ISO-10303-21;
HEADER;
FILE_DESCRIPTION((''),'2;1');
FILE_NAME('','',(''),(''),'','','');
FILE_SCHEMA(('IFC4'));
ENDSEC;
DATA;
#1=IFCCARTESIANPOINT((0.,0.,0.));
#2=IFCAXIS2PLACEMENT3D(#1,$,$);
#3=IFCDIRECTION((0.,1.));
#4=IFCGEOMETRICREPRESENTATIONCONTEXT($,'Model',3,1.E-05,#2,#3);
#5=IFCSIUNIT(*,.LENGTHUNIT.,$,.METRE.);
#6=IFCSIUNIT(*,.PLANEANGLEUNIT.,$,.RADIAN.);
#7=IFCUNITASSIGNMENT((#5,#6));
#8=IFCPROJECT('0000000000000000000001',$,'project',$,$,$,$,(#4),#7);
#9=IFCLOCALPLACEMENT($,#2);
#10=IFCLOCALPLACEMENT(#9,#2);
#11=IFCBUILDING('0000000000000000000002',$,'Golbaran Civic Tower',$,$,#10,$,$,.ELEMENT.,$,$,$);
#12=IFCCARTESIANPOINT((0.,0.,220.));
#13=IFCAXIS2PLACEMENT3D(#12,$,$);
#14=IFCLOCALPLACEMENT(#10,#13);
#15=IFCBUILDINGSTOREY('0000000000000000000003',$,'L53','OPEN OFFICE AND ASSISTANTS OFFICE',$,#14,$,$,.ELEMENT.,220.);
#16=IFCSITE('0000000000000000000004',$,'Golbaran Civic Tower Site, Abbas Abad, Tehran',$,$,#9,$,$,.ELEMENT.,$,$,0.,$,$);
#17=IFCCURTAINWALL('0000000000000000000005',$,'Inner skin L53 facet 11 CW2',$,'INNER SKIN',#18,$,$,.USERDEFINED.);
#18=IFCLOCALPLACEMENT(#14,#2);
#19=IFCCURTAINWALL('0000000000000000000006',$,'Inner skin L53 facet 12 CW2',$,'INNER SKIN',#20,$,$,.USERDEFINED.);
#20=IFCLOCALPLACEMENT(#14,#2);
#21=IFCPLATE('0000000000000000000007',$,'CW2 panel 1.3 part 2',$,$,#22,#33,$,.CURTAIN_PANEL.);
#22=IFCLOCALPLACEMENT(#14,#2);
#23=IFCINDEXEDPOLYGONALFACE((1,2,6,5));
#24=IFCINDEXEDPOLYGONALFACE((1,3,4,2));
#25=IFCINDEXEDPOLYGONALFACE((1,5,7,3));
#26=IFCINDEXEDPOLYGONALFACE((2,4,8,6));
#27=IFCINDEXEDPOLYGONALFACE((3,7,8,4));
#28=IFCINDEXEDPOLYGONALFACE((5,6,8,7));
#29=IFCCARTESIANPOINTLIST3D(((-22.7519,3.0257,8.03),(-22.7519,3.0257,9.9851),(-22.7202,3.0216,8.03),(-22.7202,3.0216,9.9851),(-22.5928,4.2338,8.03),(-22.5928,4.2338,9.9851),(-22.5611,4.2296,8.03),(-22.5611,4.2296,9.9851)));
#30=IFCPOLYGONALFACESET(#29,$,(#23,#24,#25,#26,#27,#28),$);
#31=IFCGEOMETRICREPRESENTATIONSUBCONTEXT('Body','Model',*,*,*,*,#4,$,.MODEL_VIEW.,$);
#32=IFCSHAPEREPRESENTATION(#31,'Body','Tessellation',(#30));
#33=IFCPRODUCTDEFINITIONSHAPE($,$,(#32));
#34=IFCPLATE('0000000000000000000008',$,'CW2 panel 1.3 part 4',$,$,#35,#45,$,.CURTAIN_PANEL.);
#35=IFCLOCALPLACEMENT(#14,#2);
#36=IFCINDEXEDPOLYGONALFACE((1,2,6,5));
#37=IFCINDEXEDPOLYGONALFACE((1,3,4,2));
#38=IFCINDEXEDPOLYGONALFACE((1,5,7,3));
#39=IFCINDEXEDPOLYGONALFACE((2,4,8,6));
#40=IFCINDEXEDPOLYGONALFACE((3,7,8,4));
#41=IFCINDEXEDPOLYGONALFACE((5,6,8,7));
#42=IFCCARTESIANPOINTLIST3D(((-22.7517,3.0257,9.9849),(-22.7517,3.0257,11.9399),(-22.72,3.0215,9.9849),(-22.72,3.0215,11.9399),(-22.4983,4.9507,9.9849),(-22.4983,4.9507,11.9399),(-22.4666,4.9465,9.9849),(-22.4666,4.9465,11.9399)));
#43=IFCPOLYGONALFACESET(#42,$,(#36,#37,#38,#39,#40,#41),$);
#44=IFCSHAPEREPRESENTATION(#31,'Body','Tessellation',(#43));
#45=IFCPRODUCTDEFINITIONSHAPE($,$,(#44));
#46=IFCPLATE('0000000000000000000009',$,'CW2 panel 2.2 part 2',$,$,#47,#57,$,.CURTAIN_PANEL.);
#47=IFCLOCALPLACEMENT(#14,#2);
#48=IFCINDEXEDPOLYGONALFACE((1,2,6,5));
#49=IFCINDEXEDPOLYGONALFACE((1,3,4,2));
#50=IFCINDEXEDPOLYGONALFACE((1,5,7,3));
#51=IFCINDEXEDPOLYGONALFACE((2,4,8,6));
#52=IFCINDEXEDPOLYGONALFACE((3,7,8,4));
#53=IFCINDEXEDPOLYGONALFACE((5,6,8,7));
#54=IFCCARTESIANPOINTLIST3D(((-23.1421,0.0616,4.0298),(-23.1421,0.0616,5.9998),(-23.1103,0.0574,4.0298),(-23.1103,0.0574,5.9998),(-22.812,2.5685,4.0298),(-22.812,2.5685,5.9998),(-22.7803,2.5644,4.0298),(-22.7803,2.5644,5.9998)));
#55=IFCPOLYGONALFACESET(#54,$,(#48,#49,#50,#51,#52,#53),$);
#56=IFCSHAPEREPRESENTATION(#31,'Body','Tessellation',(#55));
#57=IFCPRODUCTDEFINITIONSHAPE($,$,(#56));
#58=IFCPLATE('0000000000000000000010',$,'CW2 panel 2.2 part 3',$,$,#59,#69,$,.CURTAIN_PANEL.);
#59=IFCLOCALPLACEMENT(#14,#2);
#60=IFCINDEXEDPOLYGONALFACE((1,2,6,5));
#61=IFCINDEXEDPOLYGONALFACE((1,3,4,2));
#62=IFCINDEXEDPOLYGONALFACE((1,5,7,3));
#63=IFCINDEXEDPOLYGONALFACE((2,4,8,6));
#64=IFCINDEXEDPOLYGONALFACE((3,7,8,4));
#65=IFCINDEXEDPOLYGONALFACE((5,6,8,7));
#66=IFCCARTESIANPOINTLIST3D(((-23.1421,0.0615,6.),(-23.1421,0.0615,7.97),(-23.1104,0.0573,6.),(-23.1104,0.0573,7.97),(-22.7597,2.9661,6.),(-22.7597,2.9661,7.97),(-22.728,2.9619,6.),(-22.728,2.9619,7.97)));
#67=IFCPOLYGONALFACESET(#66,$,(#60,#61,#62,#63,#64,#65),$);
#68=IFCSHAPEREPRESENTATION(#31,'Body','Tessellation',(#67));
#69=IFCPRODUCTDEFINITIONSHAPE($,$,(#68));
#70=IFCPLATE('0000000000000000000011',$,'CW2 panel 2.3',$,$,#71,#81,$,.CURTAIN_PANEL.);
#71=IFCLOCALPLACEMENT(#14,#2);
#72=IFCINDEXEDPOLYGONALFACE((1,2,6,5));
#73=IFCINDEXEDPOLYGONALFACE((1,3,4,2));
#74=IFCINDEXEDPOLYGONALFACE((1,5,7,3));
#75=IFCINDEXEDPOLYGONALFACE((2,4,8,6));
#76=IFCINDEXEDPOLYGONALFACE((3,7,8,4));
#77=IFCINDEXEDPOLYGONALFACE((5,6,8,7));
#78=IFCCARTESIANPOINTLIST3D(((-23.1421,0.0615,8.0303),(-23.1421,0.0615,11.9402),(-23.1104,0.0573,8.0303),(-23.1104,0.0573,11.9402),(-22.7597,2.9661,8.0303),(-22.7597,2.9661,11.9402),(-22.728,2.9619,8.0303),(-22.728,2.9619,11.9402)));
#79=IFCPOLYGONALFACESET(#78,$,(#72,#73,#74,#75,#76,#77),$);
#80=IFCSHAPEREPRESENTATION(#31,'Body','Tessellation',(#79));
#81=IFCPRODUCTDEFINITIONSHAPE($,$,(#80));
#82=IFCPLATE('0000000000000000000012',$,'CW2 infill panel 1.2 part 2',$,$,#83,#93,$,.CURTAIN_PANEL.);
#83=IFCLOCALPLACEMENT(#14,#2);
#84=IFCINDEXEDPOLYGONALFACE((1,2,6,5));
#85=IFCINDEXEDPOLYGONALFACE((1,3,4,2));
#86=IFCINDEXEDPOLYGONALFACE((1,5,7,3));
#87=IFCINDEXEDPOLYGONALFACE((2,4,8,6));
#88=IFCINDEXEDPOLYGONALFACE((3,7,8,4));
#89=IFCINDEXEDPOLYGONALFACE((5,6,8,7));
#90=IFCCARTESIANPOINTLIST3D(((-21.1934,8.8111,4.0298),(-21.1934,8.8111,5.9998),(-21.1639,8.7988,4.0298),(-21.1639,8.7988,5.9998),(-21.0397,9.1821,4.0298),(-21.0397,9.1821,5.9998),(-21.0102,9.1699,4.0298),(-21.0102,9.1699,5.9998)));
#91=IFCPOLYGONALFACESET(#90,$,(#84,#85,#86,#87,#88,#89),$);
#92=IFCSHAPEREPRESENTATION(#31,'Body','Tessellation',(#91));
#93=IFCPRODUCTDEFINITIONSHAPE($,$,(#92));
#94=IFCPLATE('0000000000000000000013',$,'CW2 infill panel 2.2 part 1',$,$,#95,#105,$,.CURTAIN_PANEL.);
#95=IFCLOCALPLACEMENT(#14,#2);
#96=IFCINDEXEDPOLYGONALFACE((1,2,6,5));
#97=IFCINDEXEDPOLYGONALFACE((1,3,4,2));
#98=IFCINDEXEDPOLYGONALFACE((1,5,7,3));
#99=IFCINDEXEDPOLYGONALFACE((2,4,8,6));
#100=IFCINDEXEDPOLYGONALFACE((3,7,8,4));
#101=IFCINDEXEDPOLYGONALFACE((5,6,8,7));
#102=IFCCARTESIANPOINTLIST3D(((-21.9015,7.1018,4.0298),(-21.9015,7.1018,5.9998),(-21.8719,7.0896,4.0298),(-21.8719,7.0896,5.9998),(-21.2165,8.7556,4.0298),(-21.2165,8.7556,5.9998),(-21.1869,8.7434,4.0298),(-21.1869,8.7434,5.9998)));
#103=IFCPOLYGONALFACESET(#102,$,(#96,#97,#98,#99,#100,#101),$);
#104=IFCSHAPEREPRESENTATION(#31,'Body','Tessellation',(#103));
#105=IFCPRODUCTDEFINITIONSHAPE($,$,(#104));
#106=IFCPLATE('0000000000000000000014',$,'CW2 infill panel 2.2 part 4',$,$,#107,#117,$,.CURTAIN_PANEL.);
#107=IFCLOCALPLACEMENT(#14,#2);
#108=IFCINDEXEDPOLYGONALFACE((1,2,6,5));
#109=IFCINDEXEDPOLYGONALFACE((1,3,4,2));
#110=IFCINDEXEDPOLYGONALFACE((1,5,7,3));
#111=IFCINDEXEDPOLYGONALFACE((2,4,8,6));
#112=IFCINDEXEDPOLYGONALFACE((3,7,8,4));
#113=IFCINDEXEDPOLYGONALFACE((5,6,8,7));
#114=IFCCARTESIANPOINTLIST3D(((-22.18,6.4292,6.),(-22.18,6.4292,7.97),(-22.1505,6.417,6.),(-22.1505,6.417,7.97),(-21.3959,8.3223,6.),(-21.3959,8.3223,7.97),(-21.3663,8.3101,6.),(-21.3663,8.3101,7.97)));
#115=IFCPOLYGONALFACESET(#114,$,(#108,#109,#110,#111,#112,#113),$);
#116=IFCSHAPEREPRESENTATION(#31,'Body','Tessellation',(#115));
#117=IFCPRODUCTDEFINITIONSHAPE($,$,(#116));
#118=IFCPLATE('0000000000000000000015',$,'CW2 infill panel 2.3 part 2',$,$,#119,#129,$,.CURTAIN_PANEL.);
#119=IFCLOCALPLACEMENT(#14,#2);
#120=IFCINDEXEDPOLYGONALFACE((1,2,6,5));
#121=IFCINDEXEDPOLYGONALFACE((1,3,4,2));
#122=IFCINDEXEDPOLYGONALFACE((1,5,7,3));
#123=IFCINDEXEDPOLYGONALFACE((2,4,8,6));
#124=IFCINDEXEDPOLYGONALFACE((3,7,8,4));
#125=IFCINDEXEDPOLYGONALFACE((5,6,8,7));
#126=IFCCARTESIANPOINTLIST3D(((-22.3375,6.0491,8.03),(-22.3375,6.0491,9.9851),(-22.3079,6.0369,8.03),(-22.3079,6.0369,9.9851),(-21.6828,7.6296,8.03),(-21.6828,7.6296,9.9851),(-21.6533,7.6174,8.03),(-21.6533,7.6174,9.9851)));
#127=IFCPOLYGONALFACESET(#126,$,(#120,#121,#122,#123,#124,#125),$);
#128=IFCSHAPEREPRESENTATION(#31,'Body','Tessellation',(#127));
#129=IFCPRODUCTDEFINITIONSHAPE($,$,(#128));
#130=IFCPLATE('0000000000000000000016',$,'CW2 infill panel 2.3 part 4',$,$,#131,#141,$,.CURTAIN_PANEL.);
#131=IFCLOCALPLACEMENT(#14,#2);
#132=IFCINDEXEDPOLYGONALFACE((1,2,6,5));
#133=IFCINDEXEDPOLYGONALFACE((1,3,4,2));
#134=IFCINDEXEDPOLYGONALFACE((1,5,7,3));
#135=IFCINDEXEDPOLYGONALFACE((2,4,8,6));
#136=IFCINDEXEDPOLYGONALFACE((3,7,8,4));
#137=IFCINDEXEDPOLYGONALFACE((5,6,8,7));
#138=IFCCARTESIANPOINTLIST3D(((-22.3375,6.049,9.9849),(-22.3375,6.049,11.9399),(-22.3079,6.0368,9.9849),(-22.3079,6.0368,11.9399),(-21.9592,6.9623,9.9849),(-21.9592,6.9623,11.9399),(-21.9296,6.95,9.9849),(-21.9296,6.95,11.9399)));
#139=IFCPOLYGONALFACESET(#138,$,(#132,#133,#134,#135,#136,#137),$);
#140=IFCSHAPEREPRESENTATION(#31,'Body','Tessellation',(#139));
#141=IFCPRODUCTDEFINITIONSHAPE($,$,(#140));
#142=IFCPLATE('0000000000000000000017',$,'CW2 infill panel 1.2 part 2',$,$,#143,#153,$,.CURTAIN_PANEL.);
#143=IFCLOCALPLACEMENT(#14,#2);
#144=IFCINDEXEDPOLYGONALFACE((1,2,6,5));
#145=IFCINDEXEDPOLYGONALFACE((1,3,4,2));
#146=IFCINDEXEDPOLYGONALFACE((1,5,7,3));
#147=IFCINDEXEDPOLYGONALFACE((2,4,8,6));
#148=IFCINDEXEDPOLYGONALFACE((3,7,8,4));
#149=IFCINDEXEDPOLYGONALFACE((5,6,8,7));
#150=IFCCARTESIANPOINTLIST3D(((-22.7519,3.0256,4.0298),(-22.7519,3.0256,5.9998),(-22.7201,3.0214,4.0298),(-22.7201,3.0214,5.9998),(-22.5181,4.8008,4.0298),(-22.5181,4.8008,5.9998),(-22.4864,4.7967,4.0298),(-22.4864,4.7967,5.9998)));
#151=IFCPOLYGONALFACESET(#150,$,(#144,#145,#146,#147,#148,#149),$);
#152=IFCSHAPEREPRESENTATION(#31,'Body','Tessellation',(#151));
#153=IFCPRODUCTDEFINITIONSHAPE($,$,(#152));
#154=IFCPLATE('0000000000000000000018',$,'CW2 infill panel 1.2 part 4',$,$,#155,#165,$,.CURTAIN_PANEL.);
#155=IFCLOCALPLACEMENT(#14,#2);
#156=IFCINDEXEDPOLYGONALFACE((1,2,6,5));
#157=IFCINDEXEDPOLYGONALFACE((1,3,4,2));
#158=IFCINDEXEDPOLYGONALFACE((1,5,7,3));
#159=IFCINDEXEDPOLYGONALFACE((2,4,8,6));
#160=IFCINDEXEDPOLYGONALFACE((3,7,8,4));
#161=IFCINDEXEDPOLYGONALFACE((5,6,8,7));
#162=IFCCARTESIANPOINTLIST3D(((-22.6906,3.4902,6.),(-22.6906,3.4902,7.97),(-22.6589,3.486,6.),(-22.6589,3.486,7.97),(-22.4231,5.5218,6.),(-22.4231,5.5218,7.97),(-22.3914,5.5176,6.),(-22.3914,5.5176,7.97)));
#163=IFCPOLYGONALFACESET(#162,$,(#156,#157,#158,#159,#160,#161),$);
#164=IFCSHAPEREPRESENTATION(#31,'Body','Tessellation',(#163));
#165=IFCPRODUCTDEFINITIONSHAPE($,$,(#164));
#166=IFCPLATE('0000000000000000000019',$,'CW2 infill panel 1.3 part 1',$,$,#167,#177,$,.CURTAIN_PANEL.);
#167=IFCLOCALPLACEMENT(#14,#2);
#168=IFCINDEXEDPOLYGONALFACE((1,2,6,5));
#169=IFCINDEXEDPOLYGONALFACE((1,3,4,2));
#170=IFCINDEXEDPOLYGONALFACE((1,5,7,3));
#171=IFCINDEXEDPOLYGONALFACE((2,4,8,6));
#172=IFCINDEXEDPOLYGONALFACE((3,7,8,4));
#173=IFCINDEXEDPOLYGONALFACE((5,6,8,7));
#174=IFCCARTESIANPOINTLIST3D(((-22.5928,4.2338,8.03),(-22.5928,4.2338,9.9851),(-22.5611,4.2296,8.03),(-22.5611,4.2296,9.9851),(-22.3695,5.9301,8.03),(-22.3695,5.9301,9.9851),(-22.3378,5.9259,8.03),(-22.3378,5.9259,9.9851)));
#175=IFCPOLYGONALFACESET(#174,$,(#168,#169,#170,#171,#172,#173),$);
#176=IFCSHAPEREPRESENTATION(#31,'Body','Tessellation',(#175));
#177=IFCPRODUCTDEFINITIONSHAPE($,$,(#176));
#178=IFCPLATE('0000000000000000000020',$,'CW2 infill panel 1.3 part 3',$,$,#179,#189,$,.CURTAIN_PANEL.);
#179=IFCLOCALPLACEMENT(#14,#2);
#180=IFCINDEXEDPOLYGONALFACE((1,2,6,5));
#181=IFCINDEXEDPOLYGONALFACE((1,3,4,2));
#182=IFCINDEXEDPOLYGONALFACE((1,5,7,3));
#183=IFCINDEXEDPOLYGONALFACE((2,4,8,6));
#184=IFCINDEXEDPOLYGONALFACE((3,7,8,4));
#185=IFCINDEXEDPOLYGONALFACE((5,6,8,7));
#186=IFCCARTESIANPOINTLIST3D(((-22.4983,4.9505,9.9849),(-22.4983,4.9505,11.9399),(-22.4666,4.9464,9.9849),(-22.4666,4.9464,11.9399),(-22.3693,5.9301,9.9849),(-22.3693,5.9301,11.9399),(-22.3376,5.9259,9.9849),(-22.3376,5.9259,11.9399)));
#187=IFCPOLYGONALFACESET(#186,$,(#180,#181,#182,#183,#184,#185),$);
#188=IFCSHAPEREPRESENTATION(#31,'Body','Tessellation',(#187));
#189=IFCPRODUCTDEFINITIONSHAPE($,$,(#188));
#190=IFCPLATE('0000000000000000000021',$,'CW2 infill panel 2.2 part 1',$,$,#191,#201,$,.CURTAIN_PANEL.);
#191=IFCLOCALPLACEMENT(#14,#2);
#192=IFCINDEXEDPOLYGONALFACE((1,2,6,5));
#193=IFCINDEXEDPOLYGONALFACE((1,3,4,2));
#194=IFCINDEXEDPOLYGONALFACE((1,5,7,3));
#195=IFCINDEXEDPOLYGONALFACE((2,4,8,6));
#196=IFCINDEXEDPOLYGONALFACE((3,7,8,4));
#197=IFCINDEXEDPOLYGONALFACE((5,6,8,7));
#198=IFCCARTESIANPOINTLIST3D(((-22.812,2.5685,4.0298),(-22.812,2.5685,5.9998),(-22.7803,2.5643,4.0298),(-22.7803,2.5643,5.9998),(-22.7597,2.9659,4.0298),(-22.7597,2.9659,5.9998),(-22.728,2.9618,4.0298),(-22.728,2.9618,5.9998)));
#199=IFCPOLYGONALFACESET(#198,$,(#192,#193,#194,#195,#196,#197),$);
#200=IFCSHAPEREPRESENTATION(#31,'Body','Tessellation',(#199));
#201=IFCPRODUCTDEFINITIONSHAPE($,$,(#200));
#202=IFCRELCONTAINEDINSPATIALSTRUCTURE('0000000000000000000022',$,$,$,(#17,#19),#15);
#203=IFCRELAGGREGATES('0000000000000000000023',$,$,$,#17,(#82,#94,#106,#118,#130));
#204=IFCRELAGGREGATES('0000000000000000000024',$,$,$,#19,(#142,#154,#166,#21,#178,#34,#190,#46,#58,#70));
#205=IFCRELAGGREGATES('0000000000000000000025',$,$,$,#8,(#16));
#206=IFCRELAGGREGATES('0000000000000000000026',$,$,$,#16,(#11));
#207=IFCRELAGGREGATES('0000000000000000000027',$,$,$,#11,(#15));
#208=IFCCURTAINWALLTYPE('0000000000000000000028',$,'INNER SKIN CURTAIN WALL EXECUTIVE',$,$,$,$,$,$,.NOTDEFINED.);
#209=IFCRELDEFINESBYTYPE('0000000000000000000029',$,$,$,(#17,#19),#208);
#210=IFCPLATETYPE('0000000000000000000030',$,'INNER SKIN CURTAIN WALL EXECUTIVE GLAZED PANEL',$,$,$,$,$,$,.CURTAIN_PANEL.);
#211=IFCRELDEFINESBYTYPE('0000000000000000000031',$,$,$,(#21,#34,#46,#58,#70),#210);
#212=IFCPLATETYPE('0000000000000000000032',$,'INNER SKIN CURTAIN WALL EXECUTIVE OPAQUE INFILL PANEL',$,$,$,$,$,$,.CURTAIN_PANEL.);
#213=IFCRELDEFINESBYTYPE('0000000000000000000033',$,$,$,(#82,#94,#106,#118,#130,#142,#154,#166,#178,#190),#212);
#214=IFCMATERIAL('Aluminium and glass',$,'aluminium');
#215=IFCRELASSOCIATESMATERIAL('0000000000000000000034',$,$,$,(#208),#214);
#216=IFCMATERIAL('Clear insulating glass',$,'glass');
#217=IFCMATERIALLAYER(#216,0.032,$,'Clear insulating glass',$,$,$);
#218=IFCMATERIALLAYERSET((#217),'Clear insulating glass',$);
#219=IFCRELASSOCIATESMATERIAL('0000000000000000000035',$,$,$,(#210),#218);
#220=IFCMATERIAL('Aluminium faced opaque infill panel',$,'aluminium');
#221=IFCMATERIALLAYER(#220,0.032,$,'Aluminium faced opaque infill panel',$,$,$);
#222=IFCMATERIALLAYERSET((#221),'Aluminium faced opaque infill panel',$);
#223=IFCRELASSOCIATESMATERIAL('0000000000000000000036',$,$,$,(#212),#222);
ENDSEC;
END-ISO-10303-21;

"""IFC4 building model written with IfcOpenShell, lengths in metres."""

from ifc_helpers import new_model, si_unit, direction, frame, origin, origin_2d, place, context, subcontext, project, spatial, rectangle, extrude, material, layer, layer_set, type_object, element, aggregate, save


model = new_model("IFC4")

# Units and contexts
model_context = context("Model", 3, precision=1e-05, world=origin(), true_north=direction((0.0, 1.0)))
body_context = subcontext(model_context, "Body", "Model", "MODEL_VIEW")
ifc_project = project(units=[si_unit("LENGTHUNIT", "METRE"), si_unit("PLANEANGLEUNIT", "RADIAN")], contexts=[model_context])

# Site, building, storey
site_placement = place(None, origin())
site = spatial("IfcSite", under=ifc_project, at=site_placement, Name="Golbaran Civic Tower Site, Abbas Abad, Tehran", CompositionType="ELEMENT", RefElevation=0.0)
building_placement = place(site_placement, origin())
building = spatial("IfcBuilding", under=site, at=building_placement, Name="Golbaran Civic Tower", CompositionType="ELEMENT")
storey_placement = place(building_placement, frame((0.0, 0.0, 220.0)))
storey = spatial("IfcBuildingStorey", under=building, at=storey_placement, Name="L53", Description="OPEN OFFICE AND ASSISTANTS OFFICE", CompositionType="ELEMENT", Elevation=220.0)

# Curtain walls
ifc_material_1 = material(Name="Aluminium and glass", Category="aluminium")
curtain_wall_type = type_object("IfcCurtainWallType", Name="INNER SKIN CURTAIN WALL EXECUTIVE", PredefinedType="NOTDEFINED", material=ifc_material_1)
curtain_wall_1_placement = place(storey_placement, origin())
curtain_wall_1 = element("IfcCurtainWall", 1, at=curtain_wall_1_placement, inside=storey, type_object=curtain_wall_type, Name="Inner skin L53 facet 11 CW2", ObjectType="INNER SKIN", PredefinedType="USERDEFINED")
curtain_wall_2_placement = place(storey_placement, origin())
curtain_wall_2 = element("IfcCurtainWall", 2, at=curtain_wall_2_placement, inside=storey, type_object=curtain_wall_type, Name="Inner skin L53 facet 12 CW2", ObjectType="INNER SKIN", PredefinedType="USERDEFINED")

# Plates
ifc_material_2 = material(Name="Clear insulating glass", Category="glass")
ifc_layer_1 = layer(ifc_material_2, 0.032, Name="Clear insulating glass")
ifc_layer_set_1 = layer_set([ifc_layer_1], Name="Clear insulating glass")
plate_type_1 = type_object("IfcPlateType", Name="INNER SKIN CURTAIN WALL EXECUTIVE GLAZED PANEL", PredefinedType="CURTAIN_PANEL", material=ifc_layer_set_1)
plate_1_placement = place(storey_placement, frame((-22.6565, 3.6277, 8.03), z_axis=(0.0, 0.0, 1.0), x_axis=(-0.130526, -0.991445, 0.0)))
plate_1 = element("IfcPlate", 3, at=plate_1_placement, type_object=plate_type_1, Name="CW2 panel 1.3 part 2", PredefinedType="CURTAIN_PANEL", context=body_context, shape_type="SweptSolid", body=[
    extrude(rectangle(XDim=1.2185, YDim=0.032, at=origin_2d()), origin(), (0.0, 0.0, 1.0), 1.9551),
])
plate_2_placement = place(storey_placement, frame((-22.6091, 3.9861, 9.9849), z_axis=(0.0, 0.0, 1.0), x_axis=(-0.130526, -0.991445, 0.0)))
plate_2 = element("IfcPlate", 4, at=plate_2_placement, type_object=plate_type_1, Name="CW2 panel 1.3 part 4", PredefinedType="CURTAIN_PANEL", context=body_context, shape_type="SweptSolid", body=[
    extrude(rectangle(XDim=1.9417, YDim=0.032, at=origin_2d()), origin(), (0.0, 0.0, 1.0), 1.9551),
])
plate_3_placement = place(storey_placement, frame((-22.9612, 1.313, 4.0298), z_axis=(0.0, 0.0, 1.0), x_axis=(-0.130526, -0.991445, 0.0)))
plate_3 = element("IfcPlate", 5, at=plate_3_placement, type_object=plate_type_1, Name="CW2 panel 2.2 part 2", PredefinedType="CURTAIN_PANEL", context=body_context, shape_type="SweptSolid", body=[
    extrude(rectangle(XDim=2.5286, YDim=0.032, at=origin_2d()), origin(), (0.0, 0.0, 1.0), 1.97),
])
plate_4_placement = place(storey_placement, frame((-22.9351, 1.5117, 6.0), z_axis=(0.0, 0.0, 1.0), x_axis=(-0.130526, -0.991445, 0.0)))
plate_4 = element("IfcPlate", 6, at=plate_4_placement, type_object=plate_type_1, Name="CW2 panel 2.2 part 3", PredefinedType="CURTAIN_PANEL", context=body_context, shape_type="SweptSolid", body=[
    extrude(rectangle(XDim=2.9297, YDim=0.032, at=origin_2d()), origin(), (0.0, 0.0, 1.0), 1.97),
])
plate_5_placement = place(storey_placement, frame((-22.9351, 1.5117, 8.0303), z_axis=(0.0, 0.0, 1.0), x_axis=(-0.130526, -0.991445, 0.0)))
plate_5 = element("IfcPlate", 7, at=plate_5_placement, type_object=plate_type_1, Name="CW2 panel 2.3", PredefinedType="CURTAIN_PANEL", context=body_context, shape_type="SweptSolid", body=[
    extrude(rectangle(XDim=2.9297, YDim=0.032, at=origin_2d()), origin(), (0.0, 0.0, 1.0), 3.9099),
])
ifc_material_3 = material(Name="Aluminium faced opaque infill panel", Category="aluminium")
ifc_layer_2 = layer(ifc_material_3, 0.032, Name="Aluminium faced opaque infill panel")
ifc_layer_set_2 = layer_set([ifc_layer_2], Name="Aluminium faced opaque infill panel")
plate_type_2 = type_object("IfcPlateType", Name="INNER SKIN CURTAIN WALL EXECUTIVE OPAQUE INFILL PANEL", PredefinedType="CURTAIN_PANEL", material=ifc_layer_set_2)
plate_6_placement = place(storey_placement, frame((-21.1018, 8.9905, 4.0298), z_axis=(0.0, 0.0, 1.0), x_axis=(-0.382683, -0.92388, 0.0)))
plate_6 = element("IfcPlate", 8, at=plate_6_placement, type_object=plate_type_2, Name="CW2 infill panel 1.2 part 2", PredefinedType="CURTAIN_PANEL", context=body_context, shape_type="SweptSolid", body=[
    extrude(rectangle(XDim=0.4016, YDim=0.032, at=origin_2d()), origin(), (0.0, 0.0, 1.0), 1.97),
])
plate_7_placement = place(storey_placement, frame((-21.5442, 7.9226, 4.0298), z_axis=(0.0, 0.0, 1.0), x_axis=(-0.382683, -0.92388, 0.0)))
plate_7 = element("IfcPlate", 9, at=plate_7_placement, type_object=plate_type_2, Name="CW2 infill panel 2.2 part 1", PredefinedType="CURTAIN_PANEL", context=body_context, shape_type="SweptSolid", body=[
    extrude(rectangle(XDim=1.79, YDim=0.032, at=origin_2d()), origin(), (0.0, 0.0, 1.0), 1.97),
])
plate_8_placement = place(storey_placement, frame((-21.7732, 7.3696, 6.0), z_axis=(0.0, 0.0, 1.0), x_axis=(-0.382683, -0.92388, 0.0)))
plate_8 = element("IfcPlate", 10, at=plate_8_placement, type_object=plate_type_2, Name="CW2 infill panel 2.2 part 4", PredefinedType="CURTAIN_PANEL", context=body_context, shape_type="SweptSolid", body=[
    extrude(rectangle(XDim=2.0491, YDim=0.032, at=origin_2d()), origin(), (0.0, 0.0, 1.0), 1.97),
])
plate_9_placement = place(storey_placement, frame((-21.9954, 6.8333, 8.03), z_axis=(0.0, 0.0, 1.0), x_axis=(-0.382683, -0.92388, 0.0)))
plate_9 = element("IfcPlate", 11, at=plate_9_placement, type_object=plate_type_2, Name="CW2 infill panel 2.3 part 2", PredefinedType="CURTAIN_PANEL", context=body_context, shape_type="SweptSolid", body=[
    extrude(rectangle(XDim=1.7107, YDim=0.032, at=origin_2d()), origin(), (0.0, 0.0, 1.0), 1.9551),
])
plate_10_placement = place(storey_placement, frame((-22.1335, 6.4995, 9.9849), z_axis=(0.0, 0.0, 1.0), x_axis=(-0.382683, -0.92388, 0.0)))
plate_10 = element("IfcPlate", 12, at=plate_10_placement, type_object=plate_type_2, Name="CW2 infill panel 2.3 part 4", PredefinedType="CURTAIN_PANEL", context=body_context, shape_type="SweptSolid", body=[
    extrude(rectangle(XDim=0.9885, YDim=0.032, at=origin_2d()), origin(), (0.0, 0.0, 1.0), 1.9551),
])
aggregate(curtain_wall_1, [plate_6, plate_7, plate_8, plate_9, plate_10])
plate_11_placement = place(storey_placement, frame((-22.6191, 3.9111, 4.0298), z_axis=(0.0, 0.0, 1.0), x_axis=(-0.130526, -0.991445, 0.0)))
plate_11 = element("IfcPlate", 13, at=plate_11_placement, type_object=plate_type_2, Name="CW2 infill panel 1.2 part 2", PredefinedType="CURTAIN_PANEL", context=body_context, shape_type="SweptSolid", body=[
    extrude(rectangle(XDim=1.7905, YDim=0.032, at=origin_2d()), origin(), (0.0, 0.0, 1.0), 1.97),
])
plate_12_placement = place(storey_placement, frame((-22.541, 4.5039, 6.0), z_axis=(0.0, 0.0, 1.0), x_axis=(-0.130526, -0.991445, 0.0)))
plate_12 = element("IfcPlate", 14, at=plate_12_placement, type_object=plate_type_2, Name="CW2 infill panel 1.2 part 4", PredefinedType="CURTAIN_PANEL", context=body_context, shape_type="SweptSolid", body=[
    extrude(rectangle(XDim=2.0491, YDim=0.032, at=origin_2d()), origin(), (0.0, 0.0, 1.0), 1.97),
])
plate_13_placement = place(storey_placement, frame((-22.4653, 5.0798, 8.03), z_axis=(0.0, 0.0, 1.0), x_axis=(-0.130526, -0.991445, 0.0)))
plate_13 = element("IfcPlate", 15, at=plate_13_placement, type_object=plate_type_2, Name="CW2 infill panel 1.3 part 1", PredefinedType="CURTAIN_PANEL", context=body_context, shape_type="SweptSolid", body=[
    extrude(rectangle(XDim=1.7109, YDim=0.032, at=origin_2d()), origin(), (0.0, 0.0, 1.0), 1.9551),
])
plate_14_placement = place(storey_placement, frame((-22.418, 5.4382, 9.9849), z_axis=(0.0, 0.0, 1.0), x_axis=(-0.130526, -0.991445, 0.0)))
plate_14 = element("IfcPlate", 16, at=plate_14_placement, type_object=plate_type_2, Name="CW2 infill panel 1.3 part 3", PredefinedType="CURTAIN_PANEL", context=body_context, shape_type="SweptSolid", body=[
    extrude(rectangle(XDim=0.988, YDim=0.032, at=origin_2d()), origin(), (0.0, 0.0, 1.0), 1.9551),
])
plate_15_placement = place(storey_placement, frame((-22.77, 2.7651, 4.0298), z_axis=(0.0, 0.0, 1.0), x_axis=(-0.130526, -0.991445, 0.0)))
plate_15 = element("IfcPlate", 17, at=plate_15_placement, type_object=plate_type_2, Name="CW2 infill panel 2.2 part 1", PredefinedType="CURTAIN_PANEL", context=body_context, shape_type="SweptSolid", body=[
    extrude(rectangle(XDim=0.4009, YDim=0.032, at=origin_2d()), origin(), (0.0, 0.0, 1.0), 1.97),
])
aggregate(curtain_wall_2, [plate_11, plate_12, plate_13, plate_1, plate_14, plate_2, plate_15, plate_3, plate_4, plate_5])

save(model, "model.ifc")
